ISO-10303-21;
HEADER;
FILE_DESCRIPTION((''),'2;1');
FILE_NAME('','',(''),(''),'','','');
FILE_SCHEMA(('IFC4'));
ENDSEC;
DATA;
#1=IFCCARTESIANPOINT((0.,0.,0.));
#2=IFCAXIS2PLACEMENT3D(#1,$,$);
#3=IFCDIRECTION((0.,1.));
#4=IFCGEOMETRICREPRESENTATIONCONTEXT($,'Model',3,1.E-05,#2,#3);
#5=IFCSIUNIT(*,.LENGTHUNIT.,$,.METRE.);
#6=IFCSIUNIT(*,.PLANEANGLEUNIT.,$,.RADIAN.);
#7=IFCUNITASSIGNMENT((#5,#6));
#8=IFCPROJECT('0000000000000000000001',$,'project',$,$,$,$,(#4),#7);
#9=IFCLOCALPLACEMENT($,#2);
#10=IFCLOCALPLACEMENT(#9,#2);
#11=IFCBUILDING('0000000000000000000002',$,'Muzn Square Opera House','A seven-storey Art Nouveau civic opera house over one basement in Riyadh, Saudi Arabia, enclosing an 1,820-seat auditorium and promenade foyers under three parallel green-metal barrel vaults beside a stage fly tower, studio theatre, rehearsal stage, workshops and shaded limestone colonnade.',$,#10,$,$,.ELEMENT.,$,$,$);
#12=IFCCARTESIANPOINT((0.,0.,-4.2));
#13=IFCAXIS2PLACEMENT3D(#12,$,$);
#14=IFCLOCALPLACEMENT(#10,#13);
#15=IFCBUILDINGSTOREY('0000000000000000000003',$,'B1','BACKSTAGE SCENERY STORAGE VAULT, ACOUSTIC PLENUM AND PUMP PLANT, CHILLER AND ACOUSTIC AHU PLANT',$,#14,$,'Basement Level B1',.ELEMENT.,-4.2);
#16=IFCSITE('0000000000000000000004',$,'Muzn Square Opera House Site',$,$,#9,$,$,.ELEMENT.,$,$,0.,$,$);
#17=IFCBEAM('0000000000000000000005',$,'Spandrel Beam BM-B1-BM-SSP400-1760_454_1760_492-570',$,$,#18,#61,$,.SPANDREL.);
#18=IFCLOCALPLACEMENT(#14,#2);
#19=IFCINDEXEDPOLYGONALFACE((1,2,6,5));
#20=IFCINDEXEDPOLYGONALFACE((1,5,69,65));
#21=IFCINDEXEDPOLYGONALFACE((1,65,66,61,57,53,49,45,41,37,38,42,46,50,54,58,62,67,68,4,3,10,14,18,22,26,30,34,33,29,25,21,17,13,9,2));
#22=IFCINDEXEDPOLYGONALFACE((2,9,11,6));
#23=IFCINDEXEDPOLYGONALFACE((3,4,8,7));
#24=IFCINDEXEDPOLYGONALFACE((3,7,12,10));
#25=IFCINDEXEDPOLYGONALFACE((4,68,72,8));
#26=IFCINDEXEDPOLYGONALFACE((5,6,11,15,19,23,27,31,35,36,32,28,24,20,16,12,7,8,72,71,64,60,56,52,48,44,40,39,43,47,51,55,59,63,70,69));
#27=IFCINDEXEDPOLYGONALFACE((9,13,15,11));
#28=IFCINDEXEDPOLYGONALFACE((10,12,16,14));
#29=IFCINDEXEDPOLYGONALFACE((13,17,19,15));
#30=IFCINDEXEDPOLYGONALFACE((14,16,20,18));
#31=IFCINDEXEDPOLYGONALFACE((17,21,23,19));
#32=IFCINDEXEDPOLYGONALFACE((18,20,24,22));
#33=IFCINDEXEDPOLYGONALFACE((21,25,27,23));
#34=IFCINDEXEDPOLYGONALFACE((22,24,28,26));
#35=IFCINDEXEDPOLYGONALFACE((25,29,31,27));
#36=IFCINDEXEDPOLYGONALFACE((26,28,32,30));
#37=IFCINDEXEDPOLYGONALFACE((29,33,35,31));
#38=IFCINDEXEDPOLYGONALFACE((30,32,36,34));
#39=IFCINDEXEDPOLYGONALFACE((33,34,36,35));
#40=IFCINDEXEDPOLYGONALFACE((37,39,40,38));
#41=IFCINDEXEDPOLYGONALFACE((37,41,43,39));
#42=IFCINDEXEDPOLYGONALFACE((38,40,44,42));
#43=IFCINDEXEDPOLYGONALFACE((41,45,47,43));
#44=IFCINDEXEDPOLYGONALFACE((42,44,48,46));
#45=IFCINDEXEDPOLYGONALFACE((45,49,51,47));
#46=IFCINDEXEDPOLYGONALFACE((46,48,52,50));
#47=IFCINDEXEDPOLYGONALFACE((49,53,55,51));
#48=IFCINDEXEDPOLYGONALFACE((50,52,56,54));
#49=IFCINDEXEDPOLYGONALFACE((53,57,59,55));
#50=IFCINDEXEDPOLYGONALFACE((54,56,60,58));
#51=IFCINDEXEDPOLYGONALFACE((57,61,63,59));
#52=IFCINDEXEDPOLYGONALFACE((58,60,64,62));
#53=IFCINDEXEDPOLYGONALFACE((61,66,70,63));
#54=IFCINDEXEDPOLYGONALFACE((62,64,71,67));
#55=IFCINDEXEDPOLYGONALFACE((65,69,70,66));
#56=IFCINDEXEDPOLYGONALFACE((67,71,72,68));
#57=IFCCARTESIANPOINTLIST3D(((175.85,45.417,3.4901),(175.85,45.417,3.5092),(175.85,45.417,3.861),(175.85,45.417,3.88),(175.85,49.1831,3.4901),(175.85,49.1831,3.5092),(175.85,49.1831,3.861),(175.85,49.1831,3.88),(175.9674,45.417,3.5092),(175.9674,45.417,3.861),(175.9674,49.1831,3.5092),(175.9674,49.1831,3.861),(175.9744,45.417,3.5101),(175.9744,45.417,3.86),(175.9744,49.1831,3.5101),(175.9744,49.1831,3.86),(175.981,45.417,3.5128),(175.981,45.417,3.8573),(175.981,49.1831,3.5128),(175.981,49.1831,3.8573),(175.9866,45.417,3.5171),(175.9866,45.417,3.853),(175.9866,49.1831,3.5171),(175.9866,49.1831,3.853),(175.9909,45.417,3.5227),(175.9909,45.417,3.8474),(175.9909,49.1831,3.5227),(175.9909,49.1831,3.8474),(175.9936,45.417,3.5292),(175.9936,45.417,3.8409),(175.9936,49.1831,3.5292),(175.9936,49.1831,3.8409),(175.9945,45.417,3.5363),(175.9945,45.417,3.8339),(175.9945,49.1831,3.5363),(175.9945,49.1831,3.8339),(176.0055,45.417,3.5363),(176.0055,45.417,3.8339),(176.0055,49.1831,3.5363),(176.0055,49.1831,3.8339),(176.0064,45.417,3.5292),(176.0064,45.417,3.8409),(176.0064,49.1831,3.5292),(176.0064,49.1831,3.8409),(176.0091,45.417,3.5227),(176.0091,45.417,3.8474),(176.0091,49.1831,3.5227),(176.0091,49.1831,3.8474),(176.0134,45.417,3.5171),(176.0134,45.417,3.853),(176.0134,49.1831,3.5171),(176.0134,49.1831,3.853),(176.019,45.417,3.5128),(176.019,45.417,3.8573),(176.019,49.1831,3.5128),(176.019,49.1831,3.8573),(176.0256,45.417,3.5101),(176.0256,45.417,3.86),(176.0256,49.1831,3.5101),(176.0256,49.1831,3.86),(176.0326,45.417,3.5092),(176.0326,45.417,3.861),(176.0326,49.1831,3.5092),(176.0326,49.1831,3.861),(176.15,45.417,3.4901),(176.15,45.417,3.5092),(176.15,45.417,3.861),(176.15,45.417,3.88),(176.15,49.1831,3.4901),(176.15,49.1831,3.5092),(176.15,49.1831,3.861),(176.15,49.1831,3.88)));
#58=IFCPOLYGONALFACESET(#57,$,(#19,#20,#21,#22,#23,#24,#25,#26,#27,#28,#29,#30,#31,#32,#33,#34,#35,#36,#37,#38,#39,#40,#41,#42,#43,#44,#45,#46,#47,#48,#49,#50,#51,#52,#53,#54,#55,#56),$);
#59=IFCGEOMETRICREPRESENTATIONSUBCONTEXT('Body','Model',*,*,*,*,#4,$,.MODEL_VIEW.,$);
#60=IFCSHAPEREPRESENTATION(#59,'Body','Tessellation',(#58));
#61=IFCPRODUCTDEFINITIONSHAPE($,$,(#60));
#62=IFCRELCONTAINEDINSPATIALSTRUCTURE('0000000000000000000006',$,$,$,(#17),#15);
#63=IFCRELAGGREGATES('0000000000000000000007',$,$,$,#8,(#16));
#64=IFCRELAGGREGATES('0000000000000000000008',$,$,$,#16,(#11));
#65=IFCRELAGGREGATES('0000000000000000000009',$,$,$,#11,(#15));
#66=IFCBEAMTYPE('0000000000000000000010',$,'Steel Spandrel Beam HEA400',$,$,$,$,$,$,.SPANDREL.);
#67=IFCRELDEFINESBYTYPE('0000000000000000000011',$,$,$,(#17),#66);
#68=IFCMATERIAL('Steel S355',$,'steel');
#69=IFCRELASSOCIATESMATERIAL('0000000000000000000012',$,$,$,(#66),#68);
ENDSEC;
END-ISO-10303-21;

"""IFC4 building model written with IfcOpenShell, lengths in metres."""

from ifc_helpers import new_model, si_unit, direction, frame, origin, origin_2d, place, context, subcontext, project, spatial, i_section, extrude, material, material_profile, profile_set, type_object, element, save


model = new_model("IFC4")

# Units and contexts
model_context = context("Model", 3, precision=1e-05, world=origin(), true_north=direction((0.0, 1.0)))
body_context = subcontext(model_context, "Body", "Model", "MODEL_VIEW")
ifc_project = project(units=[si_unit("LENGTHUNIT", "METRE"), si_unit("PLANEANGLEUNIT", "RADIAN")], contexts=[model_context])

# Site, building, storey
site_placement = place(None, origin())
site = spatial("IfcSite", under=ifc_project, at=site_placement, Name="Muzn Square Opera House Site", CompositionType="ELEMENT", RefElevation=0.0)
building_placement = place(site_placement, origin())
building = spatial("IfcBuilding", under=site, at=building_placement, Name="Muzn Square Opera House", Description="A seven-storey Art Nouveau civic opera house over one basement in Riyadh, Saudi Arabia, enclosing an 1,820-seat auditorium and promenade foyers under three parallel green-metal barrel vaults beside a stage fly tower, studio theatre, rehearsal stage, workshops and shaded limestone colonnade.", CompositionType="ELEMENT")
storey_placement = place(building_placement, frame((0.0, 0.0, -4.2)))
storey = spatial("IfcBuildingStorey", under=building, at=storey_placement, Name="B1", Description="BACKSTAGE SCENERY STORAGE VAULT, ACOUSTIC PLENUM AND PUMP PLANT, CHILLER AND ACOUSTIC AHU PLANT", LongName="Basement Level B1", CompositionType="ELEMENT", Elevation=-4.2)

# Beam
ifc_material_1 = material(Name="Steel S355", Category="steel")
ifc_material_profile_1 = material_profile(ifc_material_1, i_section(OverallWidth=0.3, OverallDepth=0.3899, WebThickness=0.011, FlangeThickness=0.019, FilletRadius=0.0271, at=origin_2d()), Name="HEA 400", Category="steel")
ifc_profile_set_1 = profile_set([ifc_material_profile_1], Name="Steel S355")
beam_type_1 = type_object("IfcBeamType", Name="Steel Spandrel Beam HEA400", PredefinedType="SPANDREL", material=ifc_profile_set_1)
for number, where, z_axis, x_axis, name in (
    (1, (176.0, 45.417, 3.6851), (0.0, 1.0, 0.0), (-1.0, 0.0, 0.0), "Spandrel Beam BM-B1-BM-SSP400-1760_454_1760_492-570"),
):
    element("IfcBeam", number, at=place(storey_placement, frame(where, z_axis=z_axis, x_axis=x_axis)), inside=storey, type_object=beam_type_1, Name=name, PredefinedType="SPANDREL", context=body_context, shape_type="SweptSolid", body=[
        extrude(i_section(OverallWidth=0.3, OverallDepth=0.3899, WebThickness=0.011, FlangeThickness=0.019, FilletRadius=0.0271, at=origin_2d()), origin(), (0.0, 0.0, 1.0), 3.7661),
    ])

save(model, "model.ifc")
